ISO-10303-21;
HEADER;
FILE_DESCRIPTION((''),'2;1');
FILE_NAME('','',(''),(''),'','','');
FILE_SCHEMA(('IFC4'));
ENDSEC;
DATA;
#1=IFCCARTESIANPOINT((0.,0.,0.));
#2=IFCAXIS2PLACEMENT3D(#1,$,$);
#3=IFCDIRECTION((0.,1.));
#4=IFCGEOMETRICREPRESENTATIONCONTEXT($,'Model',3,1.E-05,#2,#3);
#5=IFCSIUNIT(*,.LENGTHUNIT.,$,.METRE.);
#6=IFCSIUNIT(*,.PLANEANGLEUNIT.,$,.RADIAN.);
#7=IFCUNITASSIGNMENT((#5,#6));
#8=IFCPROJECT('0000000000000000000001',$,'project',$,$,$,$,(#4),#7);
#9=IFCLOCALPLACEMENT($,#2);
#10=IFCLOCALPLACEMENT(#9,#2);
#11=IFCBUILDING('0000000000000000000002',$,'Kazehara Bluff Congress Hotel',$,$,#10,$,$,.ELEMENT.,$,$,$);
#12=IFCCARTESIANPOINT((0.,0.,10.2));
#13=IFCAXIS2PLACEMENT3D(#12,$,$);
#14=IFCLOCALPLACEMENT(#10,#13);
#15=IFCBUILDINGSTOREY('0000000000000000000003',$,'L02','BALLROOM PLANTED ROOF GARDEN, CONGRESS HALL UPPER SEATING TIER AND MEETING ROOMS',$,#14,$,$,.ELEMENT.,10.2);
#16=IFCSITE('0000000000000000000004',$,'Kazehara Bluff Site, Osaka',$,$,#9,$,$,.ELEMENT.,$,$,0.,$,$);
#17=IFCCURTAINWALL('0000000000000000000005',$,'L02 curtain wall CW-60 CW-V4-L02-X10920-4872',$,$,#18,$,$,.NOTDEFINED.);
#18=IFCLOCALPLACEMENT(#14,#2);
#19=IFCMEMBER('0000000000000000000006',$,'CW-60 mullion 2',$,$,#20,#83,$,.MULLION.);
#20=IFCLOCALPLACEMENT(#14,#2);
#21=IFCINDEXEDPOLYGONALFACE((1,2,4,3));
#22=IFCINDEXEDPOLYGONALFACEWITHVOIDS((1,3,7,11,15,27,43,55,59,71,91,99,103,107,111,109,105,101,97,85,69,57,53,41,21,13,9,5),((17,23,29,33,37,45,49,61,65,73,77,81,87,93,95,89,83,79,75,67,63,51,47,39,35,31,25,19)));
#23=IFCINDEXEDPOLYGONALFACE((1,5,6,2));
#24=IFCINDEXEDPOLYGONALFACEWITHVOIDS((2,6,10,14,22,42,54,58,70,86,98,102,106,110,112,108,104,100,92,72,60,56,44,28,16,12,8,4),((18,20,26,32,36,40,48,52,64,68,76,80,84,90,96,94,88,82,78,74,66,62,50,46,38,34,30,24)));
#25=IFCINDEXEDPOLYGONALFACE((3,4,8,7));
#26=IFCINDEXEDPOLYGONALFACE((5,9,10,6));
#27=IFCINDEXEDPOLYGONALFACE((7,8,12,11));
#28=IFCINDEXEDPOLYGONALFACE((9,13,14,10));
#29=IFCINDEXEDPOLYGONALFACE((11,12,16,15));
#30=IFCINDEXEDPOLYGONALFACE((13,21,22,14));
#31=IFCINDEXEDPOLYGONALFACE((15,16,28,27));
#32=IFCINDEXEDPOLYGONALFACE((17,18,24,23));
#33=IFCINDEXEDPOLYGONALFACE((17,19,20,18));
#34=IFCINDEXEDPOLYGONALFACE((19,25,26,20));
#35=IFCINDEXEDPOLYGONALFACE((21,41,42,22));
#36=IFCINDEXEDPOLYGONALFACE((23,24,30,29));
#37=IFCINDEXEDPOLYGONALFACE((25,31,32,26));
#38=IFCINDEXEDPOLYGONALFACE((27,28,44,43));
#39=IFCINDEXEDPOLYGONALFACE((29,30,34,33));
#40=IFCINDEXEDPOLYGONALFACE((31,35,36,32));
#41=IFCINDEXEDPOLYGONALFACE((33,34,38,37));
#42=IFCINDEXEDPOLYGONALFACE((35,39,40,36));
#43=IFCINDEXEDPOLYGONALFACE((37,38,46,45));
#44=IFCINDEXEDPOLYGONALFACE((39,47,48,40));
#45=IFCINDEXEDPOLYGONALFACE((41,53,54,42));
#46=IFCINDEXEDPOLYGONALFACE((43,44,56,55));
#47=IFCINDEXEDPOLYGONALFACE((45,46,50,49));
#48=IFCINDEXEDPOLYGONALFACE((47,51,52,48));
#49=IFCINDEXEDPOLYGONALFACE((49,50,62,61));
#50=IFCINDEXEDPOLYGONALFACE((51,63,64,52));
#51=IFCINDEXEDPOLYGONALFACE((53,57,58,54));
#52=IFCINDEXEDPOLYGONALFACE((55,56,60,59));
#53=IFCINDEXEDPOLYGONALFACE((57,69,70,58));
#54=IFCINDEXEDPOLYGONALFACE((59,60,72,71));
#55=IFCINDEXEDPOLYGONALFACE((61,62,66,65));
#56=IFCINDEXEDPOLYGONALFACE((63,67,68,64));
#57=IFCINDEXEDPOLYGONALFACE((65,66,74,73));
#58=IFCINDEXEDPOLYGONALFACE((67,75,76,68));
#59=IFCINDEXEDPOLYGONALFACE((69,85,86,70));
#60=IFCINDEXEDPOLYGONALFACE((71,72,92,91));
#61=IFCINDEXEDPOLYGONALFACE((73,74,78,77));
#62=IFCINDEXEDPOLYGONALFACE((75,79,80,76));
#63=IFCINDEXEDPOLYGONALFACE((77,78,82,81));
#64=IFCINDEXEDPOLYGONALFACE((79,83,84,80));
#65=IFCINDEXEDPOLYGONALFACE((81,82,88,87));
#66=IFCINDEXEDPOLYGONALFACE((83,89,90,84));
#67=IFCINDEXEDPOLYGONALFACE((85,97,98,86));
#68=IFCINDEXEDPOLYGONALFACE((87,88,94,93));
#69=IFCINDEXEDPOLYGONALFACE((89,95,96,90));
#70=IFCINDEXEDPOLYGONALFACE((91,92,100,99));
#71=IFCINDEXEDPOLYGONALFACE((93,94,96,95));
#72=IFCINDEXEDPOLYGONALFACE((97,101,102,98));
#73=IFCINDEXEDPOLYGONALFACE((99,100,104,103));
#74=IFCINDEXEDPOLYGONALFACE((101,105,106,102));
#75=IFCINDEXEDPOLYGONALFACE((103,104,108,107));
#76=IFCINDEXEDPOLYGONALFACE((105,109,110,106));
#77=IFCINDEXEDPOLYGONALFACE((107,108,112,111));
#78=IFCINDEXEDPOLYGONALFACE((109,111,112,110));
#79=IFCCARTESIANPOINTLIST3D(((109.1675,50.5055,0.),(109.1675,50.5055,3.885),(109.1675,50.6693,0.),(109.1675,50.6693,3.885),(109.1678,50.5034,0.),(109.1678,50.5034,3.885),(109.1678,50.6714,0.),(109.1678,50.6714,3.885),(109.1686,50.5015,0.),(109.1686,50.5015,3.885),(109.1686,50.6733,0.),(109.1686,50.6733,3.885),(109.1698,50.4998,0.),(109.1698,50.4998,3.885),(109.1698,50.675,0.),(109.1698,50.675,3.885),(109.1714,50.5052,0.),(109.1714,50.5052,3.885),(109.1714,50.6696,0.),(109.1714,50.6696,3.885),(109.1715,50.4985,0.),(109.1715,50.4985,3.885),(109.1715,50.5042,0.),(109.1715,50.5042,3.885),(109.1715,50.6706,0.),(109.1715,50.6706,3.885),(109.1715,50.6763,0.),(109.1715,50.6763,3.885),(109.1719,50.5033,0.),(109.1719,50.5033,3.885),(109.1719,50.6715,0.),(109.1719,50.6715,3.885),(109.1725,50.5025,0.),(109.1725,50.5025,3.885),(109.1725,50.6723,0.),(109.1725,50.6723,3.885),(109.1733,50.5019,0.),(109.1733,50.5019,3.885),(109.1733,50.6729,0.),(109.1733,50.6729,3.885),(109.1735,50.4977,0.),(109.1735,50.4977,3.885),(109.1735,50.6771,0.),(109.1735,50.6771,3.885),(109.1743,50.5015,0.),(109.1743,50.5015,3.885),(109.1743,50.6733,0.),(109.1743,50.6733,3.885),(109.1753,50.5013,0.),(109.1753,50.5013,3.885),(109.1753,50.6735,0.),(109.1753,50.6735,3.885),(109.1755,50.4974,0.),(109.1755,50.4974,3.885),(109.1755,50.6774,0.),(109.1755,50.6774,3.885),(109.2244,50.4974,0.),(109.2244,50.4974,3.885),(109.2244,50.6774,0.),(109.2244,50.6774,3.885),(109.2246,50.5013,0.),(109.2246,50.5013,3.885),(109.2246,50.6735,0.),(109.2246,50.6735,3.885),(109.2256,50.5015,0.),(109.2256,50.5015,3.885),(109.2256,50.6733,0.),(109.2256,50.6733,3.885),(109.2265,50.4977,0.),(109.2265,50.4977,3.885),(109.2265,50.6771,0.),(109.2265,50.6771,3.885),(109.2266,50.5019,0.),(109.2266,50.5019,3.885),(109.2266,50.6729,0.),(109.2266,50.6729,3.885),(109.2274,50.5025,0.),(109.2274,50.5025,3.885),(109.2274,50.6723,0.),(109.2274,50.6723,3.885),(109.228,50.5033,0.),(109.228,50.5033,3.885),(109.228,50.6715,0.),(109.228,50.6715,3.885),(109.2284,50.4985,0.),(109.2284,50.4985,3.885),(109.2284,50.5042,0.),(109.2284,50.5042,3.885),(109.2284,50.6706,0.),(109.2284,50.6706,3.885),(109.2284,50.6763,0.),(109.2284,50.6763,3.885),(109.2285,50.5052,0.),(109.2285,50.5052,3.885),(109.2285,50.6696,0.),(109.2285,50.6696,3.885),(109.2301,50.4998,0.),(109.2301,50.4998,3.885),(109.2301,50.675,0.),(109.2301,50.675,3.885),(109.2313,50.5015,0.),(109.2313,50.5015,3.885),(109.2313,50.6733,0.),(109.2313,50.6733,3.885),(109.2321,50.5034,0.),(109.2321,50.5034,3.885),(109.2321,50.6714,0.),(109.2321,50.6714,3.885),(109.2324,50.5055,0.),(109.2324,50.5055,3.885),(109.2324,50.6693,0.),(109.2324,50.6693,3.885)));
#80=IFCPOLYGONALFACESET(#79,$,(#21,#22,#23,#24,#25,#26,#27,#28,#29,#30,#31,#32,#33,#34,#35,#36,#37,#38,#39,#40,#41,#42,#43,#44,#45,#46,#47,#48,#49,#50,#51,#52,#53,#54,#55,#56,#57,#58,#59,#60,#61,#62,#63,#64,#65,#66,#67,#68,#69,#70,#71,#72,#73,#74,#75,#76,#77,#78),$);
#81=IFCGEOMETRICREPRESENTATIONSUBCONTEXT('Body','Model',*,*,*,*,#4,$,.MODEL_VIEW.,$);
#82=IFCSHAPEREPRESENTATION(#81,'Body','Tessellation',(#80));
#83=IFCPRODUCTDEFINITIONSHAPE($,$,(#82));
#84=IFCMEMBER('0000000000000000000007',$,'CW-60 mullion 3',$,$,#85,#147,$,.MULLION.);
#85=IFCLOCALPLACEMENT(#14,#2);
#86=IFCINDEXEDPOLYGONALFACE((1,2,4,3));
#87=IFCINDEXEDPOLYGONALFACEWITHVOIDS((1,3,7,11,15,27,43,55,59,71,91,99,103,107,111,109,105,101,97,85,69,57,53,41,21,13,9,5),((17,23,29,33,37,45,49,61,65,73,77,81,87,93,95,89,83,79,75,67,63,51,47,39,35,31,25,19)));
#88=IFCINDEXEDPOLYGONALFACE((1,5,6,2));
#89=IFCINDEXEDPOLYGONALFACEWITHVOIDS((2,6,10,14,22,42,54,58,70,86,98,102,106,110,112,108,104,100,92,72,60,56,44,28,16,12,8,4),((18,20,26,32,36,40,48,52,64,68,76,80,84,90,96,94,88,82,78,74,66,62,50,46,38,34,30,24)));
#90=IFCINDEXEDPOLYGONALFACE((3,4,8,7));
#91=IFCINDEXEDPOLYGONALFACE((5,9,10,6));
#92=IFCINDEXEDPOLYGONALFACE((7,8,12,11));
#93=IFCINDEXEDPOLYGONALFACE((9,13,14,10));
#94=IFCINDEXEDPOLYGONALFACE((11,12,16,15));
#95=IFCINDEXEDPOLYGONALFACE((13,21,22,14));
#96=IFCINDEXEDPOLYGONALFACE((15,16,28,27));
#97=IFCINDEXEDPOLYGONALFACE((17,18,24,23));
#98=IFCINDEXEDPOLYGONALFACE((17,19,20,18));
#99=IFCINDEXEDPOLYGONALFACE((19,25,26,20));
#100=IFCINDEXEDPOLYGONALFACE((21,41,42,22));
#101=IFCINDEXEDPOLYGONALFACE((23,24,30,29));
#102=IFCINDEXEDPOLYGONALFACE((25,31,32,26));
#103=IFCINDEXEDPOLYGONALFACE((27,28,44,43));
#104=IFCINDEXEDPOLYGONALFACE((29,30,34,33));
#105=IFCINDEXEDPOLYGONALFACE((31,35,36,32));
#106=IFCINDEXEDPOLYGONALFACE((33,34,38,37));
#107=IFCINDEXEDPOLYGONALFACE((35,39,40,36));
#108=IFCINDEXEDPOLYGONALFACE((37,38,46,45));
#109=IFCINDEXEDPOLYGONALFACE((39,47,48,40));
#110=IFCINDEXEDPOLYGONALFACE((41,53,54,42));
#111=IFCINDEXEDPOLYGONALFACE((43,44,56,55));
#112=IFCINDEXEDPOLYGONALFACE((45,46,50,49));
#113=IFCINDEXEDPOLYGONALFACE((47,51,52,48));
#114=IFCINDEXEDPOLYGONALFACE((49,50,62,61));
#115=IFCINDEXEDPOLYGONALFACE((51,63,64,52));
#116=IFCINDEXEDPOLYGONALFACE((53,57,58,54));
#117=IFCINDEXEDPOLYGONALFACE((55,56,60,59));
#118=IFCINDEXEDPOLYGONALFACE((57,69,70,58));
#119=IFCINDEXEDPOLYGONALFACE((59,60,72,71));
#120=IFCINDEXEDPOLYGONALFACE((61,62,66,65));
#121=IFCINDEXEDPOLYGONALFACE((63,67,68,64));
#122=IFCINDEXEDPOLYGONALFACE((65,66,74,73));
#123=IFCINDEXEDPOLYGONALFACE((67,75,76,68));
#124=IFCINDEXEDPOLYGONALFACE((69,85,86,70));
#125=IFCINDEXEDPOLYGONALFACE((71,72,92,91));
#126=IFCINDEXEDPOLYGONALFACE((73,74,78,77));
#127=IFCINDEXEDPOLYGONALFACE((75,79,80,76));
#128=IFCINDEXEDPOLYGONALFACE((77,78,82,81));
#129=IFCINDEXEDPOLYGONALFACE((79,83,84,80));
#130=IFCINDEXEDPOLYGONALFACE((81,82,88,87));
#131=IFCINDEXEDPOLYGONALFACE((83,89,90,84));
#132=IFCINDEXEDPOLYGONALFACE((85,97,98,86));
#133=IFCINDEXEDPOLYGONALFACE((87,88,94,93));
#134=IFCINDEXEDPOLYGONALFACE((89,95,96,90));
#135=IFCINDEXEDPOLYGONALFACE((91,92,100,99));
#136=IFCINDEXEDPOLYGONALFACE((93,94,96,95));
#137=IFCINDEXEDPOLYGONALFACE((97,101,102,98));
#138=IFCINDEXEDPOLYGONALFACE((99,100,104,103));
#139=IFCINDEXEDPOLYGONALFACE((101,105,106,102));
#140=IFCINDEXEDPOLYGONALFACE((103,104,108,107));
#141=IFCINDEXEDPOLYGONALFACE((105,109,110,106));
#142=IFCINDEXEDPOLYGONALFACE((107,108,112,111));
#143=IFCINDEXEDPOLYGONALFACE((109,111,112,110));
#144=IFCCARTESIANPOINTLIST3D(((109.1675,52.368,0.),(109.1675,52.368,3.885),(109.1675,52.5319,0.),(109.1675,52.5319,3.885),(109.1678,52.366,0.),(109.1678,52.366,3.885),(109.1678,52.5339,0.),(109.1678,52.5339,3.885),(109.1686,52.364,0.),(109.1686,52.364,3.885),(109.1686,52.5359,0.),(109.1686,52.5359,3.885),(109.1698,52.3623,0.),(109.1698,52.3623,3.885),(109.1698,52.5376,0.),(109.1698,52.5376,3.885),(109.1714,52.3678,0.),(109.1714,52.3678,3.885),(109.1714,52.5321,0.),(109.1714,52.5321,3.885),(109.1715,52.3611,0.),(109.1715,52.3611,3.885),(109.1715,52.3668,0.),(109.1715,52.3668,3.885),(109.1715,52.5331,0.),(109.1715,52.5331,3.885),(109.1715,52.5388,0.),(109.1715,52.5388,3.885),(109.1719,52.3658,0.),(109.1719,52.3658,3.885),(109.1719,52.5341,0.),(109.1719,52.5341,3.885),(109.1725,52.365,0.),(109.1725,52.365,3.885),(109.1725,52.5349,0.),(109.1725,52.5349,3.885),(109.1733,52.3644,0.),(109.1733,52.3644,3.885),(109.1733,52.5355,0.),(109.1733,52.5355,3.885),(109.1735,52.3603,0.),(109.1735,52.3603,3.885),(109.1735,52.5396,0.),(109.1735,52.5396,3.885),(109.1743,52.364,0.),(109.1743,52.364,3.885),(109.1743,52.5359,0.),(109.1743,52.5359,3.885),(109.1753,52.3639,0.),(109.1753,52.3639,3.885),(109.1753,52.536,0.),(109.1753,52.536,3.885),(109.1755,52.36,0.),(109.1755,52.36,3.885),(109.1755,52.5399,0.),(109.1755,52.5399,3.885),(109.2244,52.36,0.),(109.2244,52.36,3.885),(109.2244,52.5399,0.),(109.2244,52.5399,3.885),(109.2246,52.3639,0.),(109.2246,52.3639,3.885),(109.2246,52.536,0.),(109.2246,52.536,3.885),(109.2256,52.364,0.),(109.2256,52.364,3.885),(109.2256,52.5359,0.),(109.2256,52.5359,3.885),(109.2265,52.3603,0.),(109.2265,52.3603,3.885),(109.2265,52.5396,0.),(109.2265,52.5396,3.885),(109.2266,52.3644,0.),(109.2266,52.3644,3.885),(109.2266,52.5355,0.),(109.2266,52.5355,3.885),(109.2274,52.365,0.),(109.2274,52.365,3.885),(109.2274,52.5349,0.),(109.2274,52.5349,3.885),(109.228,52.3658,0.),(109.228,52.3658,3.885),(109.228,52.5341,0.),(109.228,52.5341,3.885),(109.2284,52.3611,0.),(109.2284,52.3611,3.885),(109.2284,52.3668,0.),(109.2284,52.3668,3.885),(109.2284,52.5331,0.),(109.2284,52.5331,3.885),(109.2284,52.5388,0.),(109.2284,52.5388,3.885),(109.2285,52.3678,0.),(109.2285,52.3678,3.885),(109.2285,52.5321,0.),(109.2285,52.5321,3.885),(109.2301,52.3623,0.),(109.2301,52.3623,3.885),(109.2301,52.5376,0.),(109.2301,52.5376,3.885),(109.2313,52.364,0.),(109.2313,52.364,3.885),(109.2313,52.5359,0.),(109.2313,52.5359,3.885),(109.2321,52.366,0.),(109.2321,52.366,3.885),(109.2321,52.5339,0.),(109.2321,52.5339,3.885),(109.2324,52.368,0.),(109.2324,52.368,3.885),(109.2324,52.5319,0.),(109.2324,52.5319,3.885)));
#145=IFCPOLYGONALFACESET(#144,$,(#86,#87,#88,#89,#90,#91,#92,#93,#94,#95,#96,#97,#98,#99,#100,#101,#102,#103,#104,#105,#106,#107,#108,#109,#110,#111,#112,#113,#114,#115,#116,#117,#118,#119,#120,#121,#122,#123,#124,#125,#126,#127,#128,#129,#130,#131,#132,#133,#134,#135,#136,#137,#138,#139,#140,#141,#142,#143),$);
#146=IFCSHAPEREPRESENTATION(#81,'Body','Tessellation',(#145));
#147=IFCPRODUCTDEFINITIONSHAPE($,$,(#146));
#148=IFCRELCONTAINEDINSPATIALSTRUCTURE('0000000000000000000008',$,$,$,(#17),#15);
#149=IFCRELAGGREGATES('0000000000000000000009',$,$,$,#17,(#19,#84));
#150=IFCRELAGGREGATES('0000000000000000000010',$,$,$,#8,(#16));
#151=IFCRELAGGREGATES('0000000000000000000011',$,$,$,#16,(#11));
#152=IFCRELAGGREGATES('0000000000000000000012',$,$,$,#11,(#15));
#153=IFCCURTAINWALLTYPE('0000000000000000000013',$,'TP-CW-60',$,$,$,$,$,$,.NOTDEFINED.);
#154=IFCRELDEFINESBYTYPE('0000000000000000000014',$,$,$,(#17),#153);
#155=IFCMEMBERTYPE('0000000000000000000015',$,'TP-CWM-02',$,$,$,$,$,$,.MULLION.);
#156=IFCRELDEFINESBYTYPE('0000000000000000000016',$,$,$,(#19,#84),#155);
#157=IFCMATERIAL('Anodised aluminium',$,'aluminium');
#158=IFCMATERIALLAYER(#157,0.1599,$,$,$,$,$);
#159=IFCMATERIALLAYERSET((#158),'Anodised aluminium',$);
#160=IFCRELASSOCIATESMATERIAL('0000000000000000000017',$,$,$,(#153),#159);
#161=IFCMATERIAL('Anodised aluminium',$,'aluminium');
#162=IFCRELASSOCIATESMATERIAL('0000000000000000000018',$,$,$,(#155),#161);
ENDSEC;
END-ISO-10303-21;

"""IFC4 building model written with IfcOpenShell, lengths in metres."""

from ifc_helpers import new_model, si_unit, direction, frame, origin, origin_2d, place, context, subcontext, project, spatial, hollow_rectangle, extrude, material, layer, layer_set, material_profile, profile_set, type_object, element, aggregate, save


model = new_model("IFC4")

# Units and contexts
model_context = context("Model", 3, precision=1e-05, world=origin(), true_north=direction((0.0, 1.0)))
body_context = subcontext(model_context, "Body", "Model", "MODEL_VIEW")
ifc_project = project(units=[si_unit("LENGTHUNIT", "METRE"), si_unit("PLANEANGLEUNIT", "RADIAN")], contexts=[model_context])

# Site, building, storey
site_placement = place(None, origin())
site = spatial("IfcSite", under=ifc_project, at=site_placement, Name="Kazehara Bluff Site, Osaka", CompositionType="ELEMENT", RefElevation=0.0)
building_placement = place(site_placement, origin())
building = spatial("IfcBuilding", under=site, at=building_placement, Name="Kazehara Bluff Congress Hotel", CompositionType="ELEMENT")
storey_placement = place(building_placement, frame((0.0, 0.0, 10.2)))
storey = spatial("IfcBuildingStorey", under=building, at=storey_placement, Name="L02", Description="BALLROOM PLANTED ROOF GARDEN, CONGRESS HALL UPPER SEATING TIER AND MEETING ROOMS", CompositionType="ELEMENT", Elevation=10.2)

# Curtain wall, members
ifc_material_1 = material(Name="Anodised aluminium", Category="aluminium")
ifc_layer_1 = layer(ifc_material_1, 0.1599)
ifc_layer_set_1 = layer_set([ifc_layer_1], Name="Anodised aluminium")
curtain_wall_type_1 = type_object("IfcCurtainWallType", Name="TP-CW-60", PredefinedType="NOTDEFINED", material=ifc_layer_set_1)
curtain_wall_1_placement = place(storey_placement, origin())
curtain_wall_1 = element("IfcCurtainWall", 1, at=curtain_wall_1_placement, inside=storey, type_object=curtain_wall_type_1, Name="L02 curtain wall CW-60 CW-V4-L02-X10920-4872", PredefinedType="NOTDEFINED")
ifc_material_2 = material(Name="Anodised aluminium", Category="aluminium")
ifc_material_profile_1 = material_profile(ifc_material_2, hollow_rectangle(XDim=0.0649, YDim=0.1799, WallThickness=0.0039, InnerFilletRadius=0.0039, OuterFilletRadius=0.0081, at=origin_2d()))
ifc_profile_set_1 = profile_set([ifc_material_profile_1], Name="Anodised aluminium")
member_type_1 = type_object("IfcMemberType", Name="TP-CWM-02", PredefinedType="MULLION", material=ifc_profile_set_1)
member_1_placement = place(storey_placement, frame((109.2, 50.5874, 0.0), z_axis=(0.0, 0.0, 1.0), x_axis=(-1.0, 0.0, 0.0)))
member_1 = element("IfcMember", 2, at=member_1_placement, type_object=member_type_1, Name="CW-60 mullion 2", PredefinedType="MULLION", context=body_context, shape_type="SweptSolid", body=[
    extrude(hollow_rectangle(XDim=0.0649, YDim=0.1799, WallThickness=0.0039, InnerFilletRadius=0.0039, OuterFilletRadius=0.0081, at=origin_2d()), origin(), (0.0, 0.0, 1.0), 3.885),
])
member_2_placement = place(storey_placement, frame((109.2, 52.45, 0.0), z_axis=(0.0, 0.0, 1.0), x_axis=(-1.0, 0.0, 0.0)))
member_2 = element("IfcMember", 3, at=member_2_placement, type_object=member_type_1, Name="CW-60 mullion 3", PredefinedType="MULLION", context=body_context, shape_type="SweptSolid", body=[
    extrude(hollow_rectangle(XDim=0.0649, YDim=0.1799, WallThickness=0.0039, InnerFilletRadius=0.0039, OuterFilletRadius=0.0081, at=origin_2d()), origin(), (0.0, 0.0, 1.0), 3.885),
])

aggregate(curtain_wall_1, [member_1, member_2])

save(model, "model.ifc")
